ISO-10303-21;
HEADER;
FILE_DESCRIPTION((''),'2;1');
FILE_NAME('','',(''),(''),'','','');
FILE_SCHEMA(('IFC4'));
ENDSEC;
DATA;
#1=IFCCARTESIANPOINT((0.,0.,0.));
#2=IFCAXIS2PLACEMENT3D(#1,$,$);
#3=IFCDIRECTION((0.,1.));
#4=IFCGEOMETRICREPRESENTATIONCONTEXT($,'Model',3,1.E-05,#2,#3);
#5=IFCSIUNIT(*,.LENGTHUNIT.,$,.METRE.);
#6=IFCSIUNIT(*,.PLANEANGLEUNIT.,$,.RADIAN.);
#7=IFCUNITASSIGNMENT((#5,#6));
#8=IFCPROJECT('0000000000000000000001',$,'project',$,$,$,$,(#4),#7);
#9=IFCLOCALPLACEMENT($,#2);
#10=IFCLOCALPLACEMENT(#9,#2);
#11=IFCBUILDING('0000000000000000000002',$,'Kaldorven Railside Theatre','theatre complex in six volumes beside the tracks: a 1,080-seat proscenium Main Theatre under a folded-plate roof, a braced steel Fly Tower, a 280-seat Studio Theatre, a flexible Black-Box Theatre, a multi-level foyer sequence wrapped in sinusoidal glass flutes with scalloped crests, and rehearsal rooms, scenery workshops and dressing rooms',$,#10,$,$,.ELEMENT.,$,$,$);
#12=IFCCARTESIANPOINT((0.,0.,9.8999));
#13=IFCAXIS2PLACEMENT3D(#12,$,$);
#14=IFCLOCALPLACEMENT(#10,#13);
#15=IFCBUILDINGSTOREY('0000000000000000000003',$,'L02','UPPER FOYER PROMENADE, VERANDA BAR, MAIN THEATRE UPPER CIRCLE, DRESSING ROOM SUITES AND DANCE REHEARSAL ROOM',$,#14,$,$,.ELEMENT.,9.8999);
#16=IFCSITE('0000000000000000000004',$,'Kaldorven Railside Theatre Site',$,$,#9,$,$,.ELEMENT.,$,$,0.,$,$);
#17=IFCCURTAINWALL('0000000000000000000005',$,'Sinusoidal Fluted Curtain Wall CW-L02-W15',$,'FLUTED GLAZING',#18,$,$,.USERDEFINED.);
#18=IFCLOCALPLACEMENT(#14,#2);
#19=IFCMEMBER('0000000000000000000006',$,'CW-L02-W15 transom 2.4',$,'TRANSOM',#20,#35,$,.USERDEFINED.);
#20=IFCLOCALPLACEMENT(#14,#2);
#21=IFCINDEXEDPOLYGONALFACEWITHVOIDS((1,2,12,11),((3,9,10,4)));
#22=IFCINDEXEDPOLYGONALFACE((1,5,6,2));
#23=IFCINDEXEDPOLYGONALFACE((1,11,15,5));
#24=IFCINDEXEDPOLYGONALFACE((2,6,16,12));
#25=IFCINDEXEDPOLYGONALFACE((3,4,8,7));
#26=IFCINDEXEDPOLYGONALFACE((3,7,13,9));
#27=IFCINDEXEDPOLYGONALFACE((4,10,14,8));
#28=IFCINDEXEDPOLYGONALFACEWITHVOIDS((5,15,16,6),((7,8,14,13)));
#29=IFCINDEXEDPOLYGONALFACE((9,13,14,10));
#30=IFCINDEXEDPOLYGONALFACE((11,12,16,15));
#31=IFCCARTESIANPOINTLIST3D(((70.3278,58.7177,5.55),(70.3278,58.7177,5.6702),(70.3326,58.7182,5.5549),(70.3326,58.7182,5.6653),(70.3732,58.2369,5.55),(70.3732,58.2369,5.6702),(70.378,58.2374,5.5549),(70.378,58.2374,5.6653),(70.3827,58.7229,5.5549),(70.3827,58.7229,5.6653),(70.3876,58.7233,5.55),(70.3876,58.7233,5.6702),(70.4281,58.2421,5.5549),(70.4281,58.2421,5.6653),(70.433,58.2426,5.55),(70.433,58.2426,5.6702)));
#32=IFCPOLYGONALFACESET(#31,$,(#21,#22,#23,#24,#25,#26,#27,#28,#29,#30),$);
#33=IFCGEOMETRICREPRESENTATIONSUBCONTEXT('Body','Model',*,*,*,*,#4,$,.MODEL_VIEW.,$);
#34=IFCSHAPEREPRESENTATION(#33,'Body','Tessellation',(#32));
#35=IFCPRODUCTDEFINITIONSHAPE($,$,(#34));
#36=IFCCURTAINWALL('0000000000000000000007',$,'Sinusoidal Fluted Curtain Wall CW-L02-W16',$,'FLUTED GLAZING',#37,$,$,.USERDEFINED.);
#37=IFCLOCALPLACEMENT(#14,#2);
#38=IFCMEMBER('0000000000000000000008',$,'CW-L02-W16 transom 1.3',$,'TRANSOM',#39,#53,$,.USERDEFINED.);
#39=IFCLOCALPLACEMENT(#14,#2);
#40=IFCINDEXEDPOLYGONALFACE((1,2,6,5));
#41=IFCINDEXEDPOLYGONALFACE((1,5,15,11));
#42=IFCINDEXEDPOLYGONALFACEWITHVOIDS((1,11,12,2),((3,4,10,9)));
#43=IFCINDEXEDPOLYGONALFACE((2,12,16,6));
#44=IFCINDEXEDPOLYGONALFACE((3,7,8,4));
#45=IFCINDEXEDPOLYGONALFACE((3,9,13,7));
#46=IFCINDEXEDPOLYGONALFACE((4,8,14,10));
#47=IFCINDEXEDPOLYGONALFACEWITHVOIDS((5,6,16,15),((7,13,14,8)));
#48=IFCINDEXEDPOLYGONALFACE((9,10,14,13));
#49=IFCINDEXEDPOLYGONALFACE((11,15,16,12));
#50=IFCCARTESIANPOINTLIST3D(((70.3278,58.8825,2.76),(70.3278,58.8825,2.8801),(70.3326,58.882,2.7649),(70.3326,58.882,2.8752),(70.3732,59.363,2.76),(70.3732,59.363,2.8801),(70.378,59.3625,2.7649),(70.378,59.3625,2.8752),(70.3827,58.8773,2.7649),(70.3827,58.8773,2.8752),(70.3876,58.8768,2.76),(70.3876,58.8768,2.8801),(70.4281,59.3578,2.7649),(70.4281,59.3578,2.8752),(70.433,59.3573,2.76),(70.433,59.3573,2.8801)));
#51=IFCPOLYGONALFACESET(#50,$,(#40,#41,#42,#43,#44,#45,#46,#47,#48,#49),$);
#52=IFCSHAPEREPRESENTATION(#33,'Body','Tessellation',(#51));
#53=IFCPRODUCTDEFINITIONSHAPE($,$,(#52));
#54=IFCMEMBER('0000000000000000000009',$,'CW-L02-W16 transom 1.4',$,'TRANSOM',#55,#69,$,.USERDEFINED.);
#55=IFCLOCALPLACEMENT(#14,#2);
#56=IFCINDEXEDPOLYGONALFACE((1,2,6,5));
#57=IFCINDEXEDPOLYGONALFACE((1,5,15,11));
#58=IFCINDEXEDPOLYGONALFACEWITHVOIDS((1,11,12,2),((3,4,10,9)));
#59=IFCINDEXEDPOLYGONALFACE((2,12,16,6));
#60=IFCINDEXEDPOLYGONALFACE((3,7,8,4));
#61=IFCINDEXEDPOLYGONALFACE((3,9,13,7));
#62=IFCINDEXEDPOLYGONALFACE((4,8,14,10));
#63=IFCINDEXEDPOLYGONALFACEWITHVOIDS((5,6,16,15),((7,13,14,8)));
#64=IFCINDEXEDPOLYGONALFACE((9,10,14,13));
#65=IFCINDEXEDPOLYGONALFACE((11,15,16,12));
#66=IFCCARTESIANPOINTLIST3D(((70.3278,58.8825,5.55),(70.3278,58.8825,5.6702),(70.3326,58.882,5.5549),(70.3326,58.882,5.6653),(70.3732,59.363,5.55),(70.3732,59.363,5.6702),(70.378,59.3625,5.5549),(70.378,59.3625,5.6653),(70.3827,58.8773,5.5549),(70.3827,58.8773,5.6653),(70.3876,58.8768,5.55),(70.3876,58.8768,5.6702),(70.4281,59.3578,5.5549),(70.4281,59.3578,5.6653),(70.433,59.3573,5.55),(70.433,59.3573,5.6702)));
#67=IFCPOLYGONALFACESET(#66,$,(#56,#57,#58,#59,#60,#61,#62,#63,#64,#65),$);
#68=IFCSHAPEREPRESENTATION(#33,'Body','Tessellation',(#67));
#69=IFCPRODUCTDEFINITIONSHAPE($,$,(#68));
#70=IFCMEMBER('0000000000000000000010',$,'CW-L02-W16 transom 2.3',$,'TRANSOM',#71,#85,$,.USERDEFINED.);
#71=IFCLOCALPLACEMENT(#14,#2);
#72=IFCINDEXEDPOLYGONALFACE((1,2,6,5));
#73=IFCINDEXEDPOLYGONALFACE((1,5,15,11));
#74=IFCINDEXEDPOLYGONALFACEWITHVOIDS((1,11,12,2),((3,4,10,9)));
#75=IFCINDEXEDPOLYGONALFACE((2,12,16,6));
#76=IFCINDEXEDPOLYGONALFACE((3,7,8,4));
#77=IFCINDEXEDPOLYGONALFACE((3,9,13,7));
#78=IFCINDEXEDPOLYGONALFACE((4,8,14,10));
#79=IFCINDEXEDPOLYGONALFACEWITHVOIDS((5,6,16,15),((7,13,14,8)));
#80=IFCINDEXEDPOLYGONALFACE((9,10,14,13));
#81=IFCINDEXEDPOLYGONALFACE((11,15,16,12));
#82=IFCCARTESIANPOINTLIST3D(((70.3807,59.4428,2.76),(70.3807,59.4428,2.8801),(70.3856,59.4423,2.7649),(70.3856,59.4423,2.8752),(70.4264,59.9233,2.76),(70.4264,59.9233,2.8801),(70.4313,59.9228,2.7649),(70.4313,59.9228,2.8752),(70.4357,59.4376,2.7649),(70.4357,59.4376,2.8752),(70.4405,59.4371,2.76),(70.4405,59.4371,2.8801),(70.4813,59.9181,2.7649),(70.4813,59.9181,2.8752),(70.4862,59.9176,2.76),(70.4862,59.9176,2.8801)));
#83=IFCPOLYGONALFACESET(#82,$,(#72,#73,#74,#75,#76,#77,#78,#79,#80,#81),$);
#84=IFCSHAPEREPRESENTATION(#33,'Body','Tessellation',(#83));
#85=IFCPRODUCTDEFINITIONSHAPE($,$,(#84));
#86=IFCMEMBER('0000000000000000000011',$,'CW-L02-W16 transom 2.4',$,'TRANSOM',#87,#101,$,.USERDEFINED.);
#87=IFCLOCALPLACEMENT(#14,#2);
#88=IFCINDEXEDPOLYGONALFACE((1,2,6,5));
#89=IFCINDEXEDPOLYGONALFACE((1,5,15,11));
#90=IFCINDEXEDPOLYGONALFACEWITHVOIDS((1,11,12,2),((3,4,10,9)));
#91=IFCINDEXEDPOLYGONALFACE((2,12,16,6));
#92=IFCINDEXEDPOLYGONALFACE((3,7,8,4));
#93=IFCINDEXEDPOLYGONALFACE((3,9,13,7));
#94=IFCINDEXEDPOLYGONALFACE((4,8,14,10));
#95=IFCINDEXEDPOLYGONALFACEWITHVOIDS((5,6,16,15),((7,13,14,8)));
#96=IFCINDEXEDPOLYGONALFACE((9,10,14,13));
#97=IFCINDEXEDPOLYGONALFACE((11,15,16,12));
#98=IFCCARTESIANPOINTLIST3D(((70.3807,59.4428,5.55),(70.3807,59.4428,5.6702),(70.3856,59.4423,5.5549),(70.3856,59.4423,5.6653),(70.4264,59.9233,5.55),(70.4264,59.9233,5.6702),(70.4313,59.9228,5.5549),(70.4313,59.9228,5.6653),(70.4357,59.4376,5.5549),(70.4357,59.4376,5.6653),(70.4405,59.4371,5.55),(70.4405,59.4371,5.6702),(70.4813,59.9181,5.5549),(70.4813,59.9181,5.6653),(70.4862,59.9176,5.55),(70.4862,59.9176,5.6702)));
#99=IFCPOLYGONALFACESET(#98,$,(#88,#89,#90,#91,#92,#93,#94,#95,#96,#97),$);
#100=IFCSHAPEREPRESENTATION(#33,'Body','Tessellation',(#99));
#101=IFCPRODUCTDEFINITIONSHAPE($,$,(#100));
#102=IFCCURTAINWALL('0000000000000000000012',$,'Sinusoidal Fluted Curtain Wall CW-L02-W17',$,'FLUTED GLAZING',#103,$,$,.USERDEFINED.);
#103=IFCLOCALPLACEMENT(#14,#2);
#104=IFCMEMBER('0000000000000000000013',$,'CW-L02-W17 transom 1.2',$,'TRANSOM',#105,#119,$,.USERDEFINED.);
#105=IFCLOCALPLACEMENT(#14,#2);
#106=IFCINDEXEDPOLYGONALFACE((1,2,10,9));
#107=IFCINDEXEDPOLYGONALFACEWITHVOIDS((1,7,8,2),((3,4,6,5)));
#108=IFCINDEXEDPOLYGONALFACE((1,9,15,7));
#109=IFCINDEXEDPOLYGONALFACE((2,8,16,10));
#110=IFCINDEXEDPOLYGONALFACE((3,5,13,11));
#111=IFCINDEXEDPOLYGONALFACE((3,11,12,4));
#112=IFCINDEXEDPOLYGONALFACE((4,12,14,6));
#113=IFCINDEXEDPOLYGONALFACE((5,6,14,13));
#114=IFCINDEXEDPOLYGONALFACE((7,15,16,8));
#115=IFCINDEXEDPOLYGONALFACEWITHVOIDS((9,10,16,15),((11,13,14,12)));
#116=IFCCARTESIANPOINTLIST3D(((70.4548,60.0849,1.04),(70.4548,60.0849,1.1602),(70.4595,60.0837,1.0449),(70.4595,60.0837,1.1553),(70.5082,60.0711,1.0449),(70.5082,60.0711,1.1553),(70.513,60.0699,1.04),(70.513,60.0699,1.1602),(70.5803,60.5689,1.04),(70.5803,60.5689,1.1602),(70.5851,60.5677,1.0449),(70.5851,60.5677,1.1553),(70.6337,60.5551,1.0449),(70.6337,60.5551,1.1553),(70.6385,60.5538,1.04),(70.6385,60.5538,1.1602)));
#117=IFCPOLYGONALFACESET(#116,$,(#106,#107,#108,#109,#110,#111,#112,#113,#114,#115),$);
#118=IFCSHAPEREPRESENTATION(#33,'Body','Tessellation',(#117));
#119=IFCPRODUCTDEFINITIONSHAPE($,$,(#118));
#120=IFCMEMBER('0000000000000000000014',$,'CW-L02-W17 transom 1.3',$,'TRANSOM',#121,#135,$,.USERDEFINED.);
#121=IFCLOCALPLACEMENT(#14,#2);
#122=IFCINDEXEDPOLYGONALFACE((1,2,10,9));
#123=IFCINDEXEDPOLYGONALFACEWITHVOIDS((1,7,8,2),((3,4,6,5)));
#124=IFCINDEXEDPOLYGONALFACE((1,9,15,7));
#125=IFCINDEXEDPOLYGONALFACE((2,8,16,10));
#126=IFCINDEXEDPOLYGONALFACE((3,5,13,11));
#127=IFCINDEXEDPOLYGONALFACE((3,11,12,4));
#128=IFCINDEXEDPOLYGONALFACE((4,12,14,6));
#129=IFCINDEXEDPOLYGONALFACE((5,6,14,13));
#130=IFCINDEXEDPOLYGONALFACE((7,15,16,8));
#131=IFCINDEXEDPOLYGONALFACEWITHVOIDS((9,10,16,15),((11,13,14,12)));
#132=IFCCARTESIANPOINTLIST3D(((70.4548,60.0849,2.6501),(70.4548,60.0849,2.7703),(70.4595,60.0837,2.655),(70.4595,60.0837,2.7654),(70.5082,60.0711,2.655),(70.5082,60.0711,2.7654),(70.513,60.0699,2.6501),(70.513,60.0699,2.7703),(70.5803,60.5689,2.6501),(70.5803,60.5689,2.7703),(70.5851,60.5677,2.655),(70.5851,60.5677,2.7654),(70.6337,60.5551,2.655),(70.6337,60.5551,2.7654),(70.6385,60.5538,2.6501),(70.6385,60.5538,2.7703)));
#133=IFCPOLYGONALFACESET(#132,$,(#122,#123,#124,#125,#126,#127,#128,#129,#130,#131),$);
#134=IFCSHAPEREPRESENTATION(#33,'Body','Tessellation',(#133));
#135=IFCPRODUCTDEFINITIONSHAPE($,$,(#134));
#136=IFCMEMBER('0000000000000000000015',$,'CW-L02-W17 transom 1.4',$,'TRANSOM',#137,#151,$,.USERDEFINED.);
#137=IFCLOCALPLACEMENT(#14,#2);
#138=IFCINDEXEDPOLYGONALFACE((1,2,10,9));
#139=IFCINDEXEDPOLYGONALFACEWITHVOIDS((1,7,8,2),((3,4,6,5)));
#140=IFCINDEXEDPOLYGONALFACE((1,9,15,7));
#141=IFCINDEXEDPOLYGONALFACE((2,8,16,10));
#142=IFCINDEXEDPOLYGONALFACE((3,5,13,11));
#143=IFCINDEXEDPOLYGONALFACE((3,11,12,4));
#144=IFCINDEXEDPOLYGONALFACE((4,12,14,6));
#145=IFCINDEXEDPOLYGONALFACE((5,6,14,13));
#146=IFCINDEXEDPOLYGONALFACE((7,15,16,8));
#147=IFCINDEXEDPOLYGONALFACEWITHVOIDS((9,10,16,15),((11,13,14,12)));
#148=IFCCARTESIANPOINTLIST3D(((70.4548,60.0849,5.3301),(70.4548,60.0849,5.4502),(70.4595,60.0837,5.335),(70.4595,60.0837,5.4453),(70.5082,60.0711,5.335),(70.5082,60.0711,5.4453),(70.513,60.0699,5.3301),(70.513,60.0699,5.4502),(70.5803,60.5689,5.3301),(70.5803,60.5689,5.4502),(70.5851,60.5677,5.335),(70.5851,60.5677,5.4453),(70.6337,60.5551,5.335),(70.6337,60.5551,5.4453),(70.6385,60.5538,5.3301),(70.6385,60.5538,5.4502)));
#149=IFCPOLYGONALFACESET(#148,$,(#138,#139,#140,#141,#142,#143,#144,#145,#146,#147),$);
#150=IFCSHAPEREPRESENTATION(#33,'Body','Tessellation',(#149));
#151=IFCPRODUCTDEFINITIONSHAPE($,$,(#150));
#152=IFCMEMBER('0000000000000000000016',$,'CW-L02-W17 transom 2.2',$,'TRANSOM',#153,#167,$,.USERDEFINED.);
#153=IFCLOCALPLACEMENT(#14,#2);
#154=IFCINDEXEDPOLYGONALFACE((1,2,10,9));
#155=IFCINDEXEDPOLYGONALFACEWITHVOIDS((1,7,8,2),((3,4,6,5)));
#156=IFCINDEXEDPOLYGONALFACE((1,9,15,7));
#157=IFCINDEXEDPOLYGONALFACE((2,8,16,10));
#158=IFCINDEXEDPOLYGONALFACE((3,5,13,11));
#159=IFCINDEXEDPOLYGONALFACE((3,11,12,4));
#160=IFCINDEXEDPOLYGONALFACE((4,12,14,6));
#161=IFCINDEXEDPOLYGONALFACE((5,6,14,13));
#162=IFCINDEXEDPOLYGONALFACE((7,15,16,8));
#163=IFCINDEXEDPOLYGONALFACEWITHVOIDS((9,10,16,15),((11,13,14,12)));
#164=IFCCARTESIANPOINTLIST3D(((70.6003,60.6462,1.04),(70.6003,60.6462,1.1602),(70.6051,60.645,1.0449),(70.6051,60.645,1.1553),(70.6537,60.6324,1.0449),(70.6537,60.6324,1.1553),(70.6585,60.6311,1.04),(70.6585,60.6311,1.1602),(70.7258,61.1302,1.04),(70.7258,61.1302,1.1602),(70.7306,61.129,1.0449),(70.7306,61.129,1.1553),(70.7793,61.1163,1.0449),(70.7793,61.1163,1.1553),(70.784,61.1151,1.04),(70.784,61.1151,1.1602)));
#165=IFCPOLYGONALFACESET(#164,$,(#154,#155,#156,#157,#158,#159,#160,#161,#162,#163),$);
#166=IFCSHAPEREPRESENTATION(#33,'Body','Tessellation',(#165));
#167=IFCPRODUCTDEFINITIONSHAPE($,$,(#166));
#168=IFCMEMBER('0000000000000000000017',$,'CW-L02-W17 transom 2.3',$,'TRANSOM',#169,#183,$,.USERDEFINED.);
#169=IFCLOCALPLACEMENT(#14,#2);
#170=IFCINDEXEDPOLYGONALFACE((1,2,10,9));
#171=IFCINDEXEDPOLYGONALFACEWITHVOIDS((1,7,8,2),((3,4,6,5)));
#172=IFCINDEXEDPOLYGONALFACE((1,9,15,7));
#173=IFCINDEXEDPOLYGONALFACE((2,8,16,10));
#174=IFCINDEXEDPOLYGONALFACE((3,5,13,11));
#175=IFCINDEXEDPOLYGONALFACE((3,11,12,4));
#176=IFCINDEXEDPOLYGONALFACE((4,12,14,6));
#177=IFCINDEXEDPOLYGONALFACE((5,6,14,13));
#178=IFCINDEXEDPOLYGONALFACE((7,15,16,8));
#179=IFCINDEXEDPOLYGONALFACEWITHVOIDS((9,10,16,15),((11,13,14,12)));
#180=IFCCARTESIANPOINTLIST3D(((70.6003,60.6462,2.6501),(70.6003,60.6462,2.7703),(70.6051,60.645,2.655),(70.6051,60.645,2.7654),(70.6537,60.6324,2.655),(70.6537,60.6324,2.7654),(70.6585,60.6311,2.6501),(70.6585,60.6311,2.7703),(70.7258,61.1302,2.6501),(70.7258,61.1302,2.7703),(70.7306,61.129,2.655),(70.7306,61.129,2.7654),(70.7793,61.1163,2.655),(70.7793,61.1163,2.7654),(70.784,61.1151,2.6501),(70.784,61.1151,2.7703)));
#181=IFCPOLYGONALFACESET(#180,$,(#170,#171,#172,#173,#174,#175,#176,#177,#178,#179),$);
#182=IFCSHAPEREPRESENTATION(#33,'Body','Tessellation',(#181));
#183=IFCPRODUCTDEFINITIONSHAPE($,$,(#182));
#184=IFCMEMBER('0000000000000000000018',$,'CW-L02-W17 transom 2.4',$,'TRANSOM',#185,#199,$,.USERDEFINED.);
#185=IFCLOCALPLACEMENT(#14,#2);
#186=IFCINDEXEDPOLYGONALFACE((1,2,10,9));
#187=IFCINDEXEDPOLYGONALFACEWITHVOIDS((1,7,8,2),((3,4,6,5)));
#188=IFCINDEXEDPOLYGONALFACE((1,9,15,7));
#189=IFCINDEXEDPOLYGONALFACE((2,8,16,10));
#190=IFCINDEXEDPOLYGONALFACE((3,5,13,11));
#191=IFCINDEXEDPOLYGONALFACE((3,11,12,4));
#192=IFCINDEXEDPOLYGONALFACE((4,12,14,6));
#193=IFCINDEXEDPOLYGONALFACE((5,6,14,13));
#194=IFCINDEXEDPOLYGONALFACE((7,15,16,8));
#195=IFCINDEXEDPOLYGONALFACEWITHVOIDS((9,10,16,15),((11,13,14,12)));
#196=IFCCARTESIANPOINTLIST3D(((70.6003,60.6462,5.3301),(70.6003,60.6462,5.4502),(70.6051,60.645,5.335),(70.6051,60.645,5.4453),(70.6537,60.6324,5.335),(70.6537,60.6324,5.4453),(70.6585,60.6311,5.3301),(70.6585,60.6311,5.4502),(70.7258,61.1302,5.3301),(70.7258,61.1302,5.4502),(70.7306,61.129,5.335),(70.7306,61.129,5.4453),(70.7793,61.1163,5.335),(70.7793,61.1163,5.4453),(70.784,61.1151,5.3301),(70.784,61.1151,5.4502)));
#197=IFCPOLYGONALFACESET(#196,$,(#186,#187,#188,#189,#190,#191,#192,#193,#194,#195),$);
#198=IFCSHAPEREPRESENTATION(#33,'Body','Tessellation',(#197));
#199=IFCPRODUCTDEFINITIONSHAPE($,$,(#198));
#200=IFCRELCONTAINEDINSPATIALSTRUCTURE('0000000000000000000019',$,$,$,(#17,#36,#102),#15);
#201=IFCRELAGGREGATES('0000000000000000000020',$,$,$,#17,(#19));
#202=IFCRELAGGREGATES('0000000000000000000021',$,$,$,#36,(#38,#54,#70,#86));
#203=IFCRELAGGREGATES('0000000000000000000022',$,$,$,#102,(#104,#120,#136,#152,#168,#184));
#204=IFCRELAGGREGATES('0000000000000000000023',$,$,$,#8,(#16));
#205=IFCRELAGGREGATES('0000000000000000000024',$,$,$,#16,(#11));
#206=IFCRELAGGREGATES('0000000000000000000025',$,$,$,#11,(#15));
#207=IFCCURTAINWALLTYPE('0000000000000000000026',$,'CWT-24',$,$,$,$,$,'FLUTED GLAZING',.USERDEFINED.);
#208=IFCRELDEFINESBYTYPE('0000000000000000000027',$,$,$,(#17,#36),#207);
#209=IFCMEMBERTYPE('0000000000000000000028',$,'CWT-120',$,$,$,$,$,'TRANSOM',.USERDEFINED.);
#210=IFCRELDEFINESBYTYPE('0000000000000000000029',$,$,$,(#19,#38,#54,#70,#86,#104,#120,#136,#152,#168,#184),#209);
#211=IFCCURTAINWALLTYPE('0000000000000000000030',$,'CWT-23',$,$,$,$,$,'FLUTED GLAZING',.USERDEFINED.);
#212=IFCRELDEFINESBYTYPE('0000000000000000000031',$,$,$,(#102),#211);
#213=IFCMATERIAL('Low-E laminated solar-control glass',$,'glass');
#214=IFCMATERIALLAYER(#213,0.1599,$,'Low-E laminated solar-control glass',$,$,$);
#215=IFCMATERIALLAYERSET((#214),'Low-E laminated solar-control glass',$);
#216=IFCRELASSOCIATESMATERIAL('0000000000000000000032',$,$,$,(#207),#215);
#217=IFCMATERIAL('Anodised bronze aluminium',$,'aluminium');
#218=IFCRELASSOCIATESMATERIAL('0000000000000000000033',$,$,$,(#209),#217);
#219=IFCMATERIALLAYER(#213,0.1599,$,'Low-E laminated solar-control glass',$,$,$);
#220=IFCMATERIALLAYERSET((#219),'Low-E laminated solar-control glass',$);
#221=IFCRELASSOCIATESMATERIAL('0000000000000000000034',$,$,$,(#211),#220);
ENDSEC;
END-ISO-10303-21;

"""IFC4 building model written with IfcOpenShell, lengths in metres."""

from ifc_helpers import new_model, si_unit, direction, frame, origin, origin_2d, place, context, subcontext, project, spatial, hollow_rectangle, extrude, material, layer, layer_set, material_profile, profile_set, type_object, element, aggregate, save


model = new_model("IFC4")

# Units and contexts
model_context = context("Model", 3, precision=1e-05, world=origin(), true_north=direction((0.0, 1.0)))
body_context = subcontext(model_context, "Body", "Model", "MODEL_VIEW")
ifc_project = project(units=[si_unit("LENGTHUNIT", "METRE"), si_unit("PLANEANGLEUNIT", "RADIAN")], contexts=[model_context])

# Site, building, storey
site_placement = place(None, origin())
site = spatial("IfcSite", under=ifc_project, at=site_placement, Name="Kaldorven Railside Theatre Site", CompositionType="ELEMENT", RefElevation=0.0)
building_placement = place(site_placement, origin())
building = spatial("IfcBuilding", under=site, at=building_placement, Name="Kaldorven Railside Theatre", Description="theatre complex in six volumes beside the tracks: a 1,080-seat proscenium Main Theatre under a folded-plate roof, a braced steel Fly Tower, a 280-seat Studio Theatre, a flexible Black-Box Theatre, a multi-level foyer sequence wrapped in sinusoidal glass flutes with scalloped crests, and rehearsal rooms, scenery workshops and dressing rooms", CompositionType="ELEMENT")
storey_placement = place(building_placement, frame((0.0, 0.0, 9.8999)))
storey = spatial("IfcBuildingStorey", under=building, at=storey_placement, Name="L02", Description="UPPER FOYER PROMENADE, VERANDA BAR, MAIN THEATRE UPPER CIRCLE, DRESSING ROOM SUITES AND DANCE REHEARSAL ROOM", CompositionType="ELEMENT", Elevation=9.8999)

# Curtain wall, member
ifc_material_1 = material(Name="Low-E laminated solar-control glass", Category="glass")
ifc_layer_1 = layer(ifc_material_1, 0.1599, Name="Low-E laminated solar-control glass")
ifc_layer_set_1 = layer_set([ifc_layer_1], Name="Low-E laminated solar-control glass")
curtain_wall_type_1 = type_object("IfcCurtainWallType", Name="CWT-24", ElementType="FLUTED GLAZING", PredefinedType="USERDEFINED", material=ifc_layer_set_1)
curtain_wall_1_placement = place(storey_placement, origin())
curtain_wall_1 = element("IfcCurtainWall", 1, at=curtain_wall_1_placement, inside=storey, type_object=curtain_wall_type_1, Name="Sinusoidal Fluted Curtain Wall CW-L02-W15", ObjectType="FLUTED GLAZING", PredefinedType="USERDEFINED")
ifc_material_2 = material(Name="Anodised bronze aluminium", Category="aluminium")
ifc_material_profile = material_profile(ifc_material_2, hollow_rectangle(XDim=0.0601, YDim=0.1201, WallThickness=0.0049, at=origin_2d()), Name="RHS 120x60x5")
ifc_profile_set = profile_set([ifc_material_profile], Name="Anodised bronze aluminium")
member_type = type_object("IfcMemberType", Name="CWT-120", ElementType="TRANSOM", PredefinedType="USERDEFINED", material=ifc_profile_set)
member_1_placement = place(storey_placement, frame((70.4031, 58.2397, 5.6101), z_axis=(-0.094046, 0.995568, 0.0), x_axis=(-0.995568, -0.094046, 0.0)))
member_1 = element("IfcMember", 2, at=member_1_placement, type_object=member_type, Name="CW-L02-W15 transom 2.4", ObjectType="TRANSOM", PredefinedType="USERDEFINED", context=body_context, shape_type="SweptSolid", body=[
    extrude(hollow_rectangle(XDim=0.0601, YDim=0.1201, WallThickness=0.0049, at=origin_2d()), origin(), (0.0, 0.0, 1.0), 0.4829),
])

# Curtain walls, members
curtain_wall_2_placement = place(storey_placement, origin())
curtain_wall_2 = element("IfcCurtainWall", 3, at=curtain_wall_2_placement, inside=storey, type_object=curtain_wall_type_1, Name="Sinusoidal Fluted Curtain Wall CW-L02-W16", ObjectType="FLUTED GLAZING", PredefinedType="USERDEFINED")
member_2_placement = place(storey_placement, frame((70.3577, 58.8796, 2.8201), z_axis=(0.094093, 0.995563, 0.0), x_axis=(-0.995563, 0.094093, 0.0)))
member_2 = element("IfcMember", 4, at=member_2_placement, type_object=member_type, Name="CW-L02-W16 transom 1.3", ObjectType="TRANSOM", PredefinedType="USERDEFINED", context=body_context, shape_type="SweptSolid", body=[
    extrude(hollow_rectangle(XDim=0.0601, YDim=0.1201, WallThickness=0.0049, at=origin_2d()), origin(), (0.0, 0.0, 1.0), 0.4827),
])
member_3_placement = place(storey_placement, frame((70.3577, 58.8796, 5.6101), z_axis=(0.094093, 0.995563, 0.0), x_axis=(-0.995563, 0.094093, 0.0)))
member_3 = element("IfcMember", 5, at=member_3_placement, type_object=member_type, Name="CW-L02-W16 transom 1.4", ObjectType="TRANSOM", PredefinedType="USERDEFINED", context=body_context, shape_type="SweptSolid", body=[
    extrude(hollow_rectangle(XDim=0.0601, YDim=0.1201, WallThickness=0.0049, at=origin_2d()), origin(), (0.0, 0.0, 1.0), 0.4827),
])
member_4_placement = place(storey_placement, frame((70.4106, 59.4399, 2.8201), z_axis=(0.094594, 0.995516, 0.0), x_axis=(-0.995516, 0.094594, 0.0)))
member_4 = element("IfcMember", 6, at=member_4_placement, type_object=member_type, Name="CW-L02-W16 transom 2.3", ObjectType="TRANSOM", PredefinedType="USERDEFINED", context=body_context, shape_type="SweptSolid", body=[
    extrude(hollow_rectangle(XDim=0.0601, YDim=0.1201, WallThickness=0.0049, at=origin_2d()), origin(), (0.0, 0.0, 1.0), 0.4827),
])
member_5_placement = place(storey_placement, frame((70.4106, 59.4399, 5.6101), z_axis=(0.094594, 0.995516, 0.0), x_axis=(-0.995516, 0.094594, 0.0)))
member_5 = element("IfcMember", 7, at=member_5_placement, type_object=member_type, Name="CW-L02-W16 transom 2.4", ObjectType="TRANSOM", PredefinedType="USERDEFINED", context=body_context, shape_type="SweptSolid", body=[
    extrude(hollow_rectangle(XDim=0.0601, YDim=0.1201, WallThickness=0.0049, at=origin_2d()), origin(), (0.0, 0.0, 1.0), 0.4827),
])
ifc_layer_2 = layer(ifc_material_1, 0.1599, Name="Low-E laminated solar-control glass")
ifc_layer_set_2 = layer_set([ifc_layer_2], Name="Low-E laminated solar-control glass")
curtain_wall_type_2 = type_object("IfcCurtainWallType", Name="CWT-23", ElementType="FLUTED GLAZING", PredefinedType="USERDEFINED", material=ifc_layer_set_2)
curtain_wall_3_placement = place(storey_placement, origin())
curtain_wall_3 = element("IfcCurtainWall", 8, at=curtain_wall_3_placement, inside=storey, type_object=curtain_wall_type_2, Name="Sinusoidal Fluted Curtain Wall CW-L02-W17", ObjectType="FLUTED GLAZING", PredefinedType="USERDEFINED")
member_6_placement = place(storey_placement, frame((70.4839, 60.0774, 1.1001), z_axis=(0.25103, 0.967979, 0.0), x_axis=(-0.967979, 0.25103, 0.0)))
member_6 = element("IfcMember", 9, at=member_6_placement, type_object=member_type, Name="CW-L02-W17 transom 1.2", ObjectType="TRANSOM", PredefinedType="USERDEFINED", context=body_context, shape_type="SweptSolid", body=[
    extrude(hollow_rectangle(XDim=0.0601, YDim=0.1201, WallThickness=0.0049, at=origin_2d()), origin(), (0.0, 0.0, 1.0), 0.5),
])
member_7_placement = place(storey_placement, frame((70.4839, 60.0774, 2.7102), z_axis=(0.25103, 0.967979, 0.0), x_axis=(-0.967979, 0.25103, 0.0)))
member_7 = element("IfcMember", 10, at=member_7_placement, type_object=member_type, Name="CW-L02-W17 transom 1.3", ObjectType="TRANSOM", PredefinedType="USERDEFINED", context=body_context, shape_type="SweptSolid", body=[
    extrude(hollow_rectangle(XDim=0.0601, YDim=0.1201, WallThickness=0.0049, at=origin_2d()), origin(), (0.0, 0.0, 1.0), 0.5),
])
member_8_placement = place(storey_placement, frame((70.4839, 60.0774, 5.3901), z_axis=(0.25103, 0.967979, 0.0), x_axis=(-0.967979, 0.25103, 0.0)))
member_8 = element("IfcMember", 11, at=member_8_placement, type_object=member_type, Name="CW-L02-W17 transom 1.4", ObjectType="TRANSOM", PredefinedType="USERDEFINED", context=body_context, shape_type="SweptSolid", body=[
    extrude(hollow_rectangle(XDim=0.0601, YDim=0.1201, WallThickness=0.0049, at=origin_2d()), origin(), (0.0, 0.0, 1.0), 0.5),
])
member_9_placement = place(storey_placement, frame((70.6294, 60.6387, 1.1001), z_axis=(0.25103, 0.967979, 0.0), x_axis=(-0.967979, 0.25103, 0.0)))
member_9 = element("IfcMember", 12, at=member_9_placement, type_object=member_type, Name="CW-L02-W17 transom 2.2", ObjectType="TRANSOM", PredefinedType="USERDEFINED", context=body_context, shape_type="SweptSolid", body=[
    extrude(hollow_rectangle(XDim=0.0601, YDim=0.1201, WallThickness=0.0049, at=origin_2d()), origin(), (0.0, 0.0, 1.0), 0.5),
])
member_10_placement = place(storey_placement, frame((70.6294, 60.6387, 2.7102), z_axis=(0.25103, 0.967979, 0.0), x_axis=(-0.967979, 0.25103, 0.0)))
member_10 = element("IfcMember", 13, at=member_10_placement, type_object=member_type, Name="CW-L02-W17 transom 2.3", ObjectType="TRANSOM", PredefinedType="USERDEFINED", context=body_context, shape_type="SweptSolid", body=[
    extrude(hollow_rectangle(XDim=0.0601, YDim=0.1201, WallThickness=0.0049, at=origin_2d()), origin(), (0.0, 0.0, 1.0), 0.5),
])
member_11_placement = place(storey_placement, frame((70.6294, 60.6387, 5.3901), z_axis=(0.25103, 0.967979, 0.0), x_axis=(-0.967979, 0.25103, 0.0)))
member_11 = element("IfcMember", 14, at=member_11_placement, type_object=member_type, Name="CW-L02-W17 transom 2.4", ObjectType="TRANSOM", PredefinedType="USERDEFINED", context=body_context, shape_type="SweptSolid", body=[
    extrude(hollow_rectangle(XDim=0.0601, YDim=0.1201, WallThickness=0.0049, at=origin_2d()), origin(), (0.0, 0.0, 1.0), 0.5),
])

aggregate(curtain_wall_1, [member_1])
aggregate(curtain_wall_2, [member_2, member_3, member_4, member_5])
aggregate(curtain_wall_3, [member_6, member_7, member_8, member_9, member_10, member_11])

save(model, "model.ifc")
